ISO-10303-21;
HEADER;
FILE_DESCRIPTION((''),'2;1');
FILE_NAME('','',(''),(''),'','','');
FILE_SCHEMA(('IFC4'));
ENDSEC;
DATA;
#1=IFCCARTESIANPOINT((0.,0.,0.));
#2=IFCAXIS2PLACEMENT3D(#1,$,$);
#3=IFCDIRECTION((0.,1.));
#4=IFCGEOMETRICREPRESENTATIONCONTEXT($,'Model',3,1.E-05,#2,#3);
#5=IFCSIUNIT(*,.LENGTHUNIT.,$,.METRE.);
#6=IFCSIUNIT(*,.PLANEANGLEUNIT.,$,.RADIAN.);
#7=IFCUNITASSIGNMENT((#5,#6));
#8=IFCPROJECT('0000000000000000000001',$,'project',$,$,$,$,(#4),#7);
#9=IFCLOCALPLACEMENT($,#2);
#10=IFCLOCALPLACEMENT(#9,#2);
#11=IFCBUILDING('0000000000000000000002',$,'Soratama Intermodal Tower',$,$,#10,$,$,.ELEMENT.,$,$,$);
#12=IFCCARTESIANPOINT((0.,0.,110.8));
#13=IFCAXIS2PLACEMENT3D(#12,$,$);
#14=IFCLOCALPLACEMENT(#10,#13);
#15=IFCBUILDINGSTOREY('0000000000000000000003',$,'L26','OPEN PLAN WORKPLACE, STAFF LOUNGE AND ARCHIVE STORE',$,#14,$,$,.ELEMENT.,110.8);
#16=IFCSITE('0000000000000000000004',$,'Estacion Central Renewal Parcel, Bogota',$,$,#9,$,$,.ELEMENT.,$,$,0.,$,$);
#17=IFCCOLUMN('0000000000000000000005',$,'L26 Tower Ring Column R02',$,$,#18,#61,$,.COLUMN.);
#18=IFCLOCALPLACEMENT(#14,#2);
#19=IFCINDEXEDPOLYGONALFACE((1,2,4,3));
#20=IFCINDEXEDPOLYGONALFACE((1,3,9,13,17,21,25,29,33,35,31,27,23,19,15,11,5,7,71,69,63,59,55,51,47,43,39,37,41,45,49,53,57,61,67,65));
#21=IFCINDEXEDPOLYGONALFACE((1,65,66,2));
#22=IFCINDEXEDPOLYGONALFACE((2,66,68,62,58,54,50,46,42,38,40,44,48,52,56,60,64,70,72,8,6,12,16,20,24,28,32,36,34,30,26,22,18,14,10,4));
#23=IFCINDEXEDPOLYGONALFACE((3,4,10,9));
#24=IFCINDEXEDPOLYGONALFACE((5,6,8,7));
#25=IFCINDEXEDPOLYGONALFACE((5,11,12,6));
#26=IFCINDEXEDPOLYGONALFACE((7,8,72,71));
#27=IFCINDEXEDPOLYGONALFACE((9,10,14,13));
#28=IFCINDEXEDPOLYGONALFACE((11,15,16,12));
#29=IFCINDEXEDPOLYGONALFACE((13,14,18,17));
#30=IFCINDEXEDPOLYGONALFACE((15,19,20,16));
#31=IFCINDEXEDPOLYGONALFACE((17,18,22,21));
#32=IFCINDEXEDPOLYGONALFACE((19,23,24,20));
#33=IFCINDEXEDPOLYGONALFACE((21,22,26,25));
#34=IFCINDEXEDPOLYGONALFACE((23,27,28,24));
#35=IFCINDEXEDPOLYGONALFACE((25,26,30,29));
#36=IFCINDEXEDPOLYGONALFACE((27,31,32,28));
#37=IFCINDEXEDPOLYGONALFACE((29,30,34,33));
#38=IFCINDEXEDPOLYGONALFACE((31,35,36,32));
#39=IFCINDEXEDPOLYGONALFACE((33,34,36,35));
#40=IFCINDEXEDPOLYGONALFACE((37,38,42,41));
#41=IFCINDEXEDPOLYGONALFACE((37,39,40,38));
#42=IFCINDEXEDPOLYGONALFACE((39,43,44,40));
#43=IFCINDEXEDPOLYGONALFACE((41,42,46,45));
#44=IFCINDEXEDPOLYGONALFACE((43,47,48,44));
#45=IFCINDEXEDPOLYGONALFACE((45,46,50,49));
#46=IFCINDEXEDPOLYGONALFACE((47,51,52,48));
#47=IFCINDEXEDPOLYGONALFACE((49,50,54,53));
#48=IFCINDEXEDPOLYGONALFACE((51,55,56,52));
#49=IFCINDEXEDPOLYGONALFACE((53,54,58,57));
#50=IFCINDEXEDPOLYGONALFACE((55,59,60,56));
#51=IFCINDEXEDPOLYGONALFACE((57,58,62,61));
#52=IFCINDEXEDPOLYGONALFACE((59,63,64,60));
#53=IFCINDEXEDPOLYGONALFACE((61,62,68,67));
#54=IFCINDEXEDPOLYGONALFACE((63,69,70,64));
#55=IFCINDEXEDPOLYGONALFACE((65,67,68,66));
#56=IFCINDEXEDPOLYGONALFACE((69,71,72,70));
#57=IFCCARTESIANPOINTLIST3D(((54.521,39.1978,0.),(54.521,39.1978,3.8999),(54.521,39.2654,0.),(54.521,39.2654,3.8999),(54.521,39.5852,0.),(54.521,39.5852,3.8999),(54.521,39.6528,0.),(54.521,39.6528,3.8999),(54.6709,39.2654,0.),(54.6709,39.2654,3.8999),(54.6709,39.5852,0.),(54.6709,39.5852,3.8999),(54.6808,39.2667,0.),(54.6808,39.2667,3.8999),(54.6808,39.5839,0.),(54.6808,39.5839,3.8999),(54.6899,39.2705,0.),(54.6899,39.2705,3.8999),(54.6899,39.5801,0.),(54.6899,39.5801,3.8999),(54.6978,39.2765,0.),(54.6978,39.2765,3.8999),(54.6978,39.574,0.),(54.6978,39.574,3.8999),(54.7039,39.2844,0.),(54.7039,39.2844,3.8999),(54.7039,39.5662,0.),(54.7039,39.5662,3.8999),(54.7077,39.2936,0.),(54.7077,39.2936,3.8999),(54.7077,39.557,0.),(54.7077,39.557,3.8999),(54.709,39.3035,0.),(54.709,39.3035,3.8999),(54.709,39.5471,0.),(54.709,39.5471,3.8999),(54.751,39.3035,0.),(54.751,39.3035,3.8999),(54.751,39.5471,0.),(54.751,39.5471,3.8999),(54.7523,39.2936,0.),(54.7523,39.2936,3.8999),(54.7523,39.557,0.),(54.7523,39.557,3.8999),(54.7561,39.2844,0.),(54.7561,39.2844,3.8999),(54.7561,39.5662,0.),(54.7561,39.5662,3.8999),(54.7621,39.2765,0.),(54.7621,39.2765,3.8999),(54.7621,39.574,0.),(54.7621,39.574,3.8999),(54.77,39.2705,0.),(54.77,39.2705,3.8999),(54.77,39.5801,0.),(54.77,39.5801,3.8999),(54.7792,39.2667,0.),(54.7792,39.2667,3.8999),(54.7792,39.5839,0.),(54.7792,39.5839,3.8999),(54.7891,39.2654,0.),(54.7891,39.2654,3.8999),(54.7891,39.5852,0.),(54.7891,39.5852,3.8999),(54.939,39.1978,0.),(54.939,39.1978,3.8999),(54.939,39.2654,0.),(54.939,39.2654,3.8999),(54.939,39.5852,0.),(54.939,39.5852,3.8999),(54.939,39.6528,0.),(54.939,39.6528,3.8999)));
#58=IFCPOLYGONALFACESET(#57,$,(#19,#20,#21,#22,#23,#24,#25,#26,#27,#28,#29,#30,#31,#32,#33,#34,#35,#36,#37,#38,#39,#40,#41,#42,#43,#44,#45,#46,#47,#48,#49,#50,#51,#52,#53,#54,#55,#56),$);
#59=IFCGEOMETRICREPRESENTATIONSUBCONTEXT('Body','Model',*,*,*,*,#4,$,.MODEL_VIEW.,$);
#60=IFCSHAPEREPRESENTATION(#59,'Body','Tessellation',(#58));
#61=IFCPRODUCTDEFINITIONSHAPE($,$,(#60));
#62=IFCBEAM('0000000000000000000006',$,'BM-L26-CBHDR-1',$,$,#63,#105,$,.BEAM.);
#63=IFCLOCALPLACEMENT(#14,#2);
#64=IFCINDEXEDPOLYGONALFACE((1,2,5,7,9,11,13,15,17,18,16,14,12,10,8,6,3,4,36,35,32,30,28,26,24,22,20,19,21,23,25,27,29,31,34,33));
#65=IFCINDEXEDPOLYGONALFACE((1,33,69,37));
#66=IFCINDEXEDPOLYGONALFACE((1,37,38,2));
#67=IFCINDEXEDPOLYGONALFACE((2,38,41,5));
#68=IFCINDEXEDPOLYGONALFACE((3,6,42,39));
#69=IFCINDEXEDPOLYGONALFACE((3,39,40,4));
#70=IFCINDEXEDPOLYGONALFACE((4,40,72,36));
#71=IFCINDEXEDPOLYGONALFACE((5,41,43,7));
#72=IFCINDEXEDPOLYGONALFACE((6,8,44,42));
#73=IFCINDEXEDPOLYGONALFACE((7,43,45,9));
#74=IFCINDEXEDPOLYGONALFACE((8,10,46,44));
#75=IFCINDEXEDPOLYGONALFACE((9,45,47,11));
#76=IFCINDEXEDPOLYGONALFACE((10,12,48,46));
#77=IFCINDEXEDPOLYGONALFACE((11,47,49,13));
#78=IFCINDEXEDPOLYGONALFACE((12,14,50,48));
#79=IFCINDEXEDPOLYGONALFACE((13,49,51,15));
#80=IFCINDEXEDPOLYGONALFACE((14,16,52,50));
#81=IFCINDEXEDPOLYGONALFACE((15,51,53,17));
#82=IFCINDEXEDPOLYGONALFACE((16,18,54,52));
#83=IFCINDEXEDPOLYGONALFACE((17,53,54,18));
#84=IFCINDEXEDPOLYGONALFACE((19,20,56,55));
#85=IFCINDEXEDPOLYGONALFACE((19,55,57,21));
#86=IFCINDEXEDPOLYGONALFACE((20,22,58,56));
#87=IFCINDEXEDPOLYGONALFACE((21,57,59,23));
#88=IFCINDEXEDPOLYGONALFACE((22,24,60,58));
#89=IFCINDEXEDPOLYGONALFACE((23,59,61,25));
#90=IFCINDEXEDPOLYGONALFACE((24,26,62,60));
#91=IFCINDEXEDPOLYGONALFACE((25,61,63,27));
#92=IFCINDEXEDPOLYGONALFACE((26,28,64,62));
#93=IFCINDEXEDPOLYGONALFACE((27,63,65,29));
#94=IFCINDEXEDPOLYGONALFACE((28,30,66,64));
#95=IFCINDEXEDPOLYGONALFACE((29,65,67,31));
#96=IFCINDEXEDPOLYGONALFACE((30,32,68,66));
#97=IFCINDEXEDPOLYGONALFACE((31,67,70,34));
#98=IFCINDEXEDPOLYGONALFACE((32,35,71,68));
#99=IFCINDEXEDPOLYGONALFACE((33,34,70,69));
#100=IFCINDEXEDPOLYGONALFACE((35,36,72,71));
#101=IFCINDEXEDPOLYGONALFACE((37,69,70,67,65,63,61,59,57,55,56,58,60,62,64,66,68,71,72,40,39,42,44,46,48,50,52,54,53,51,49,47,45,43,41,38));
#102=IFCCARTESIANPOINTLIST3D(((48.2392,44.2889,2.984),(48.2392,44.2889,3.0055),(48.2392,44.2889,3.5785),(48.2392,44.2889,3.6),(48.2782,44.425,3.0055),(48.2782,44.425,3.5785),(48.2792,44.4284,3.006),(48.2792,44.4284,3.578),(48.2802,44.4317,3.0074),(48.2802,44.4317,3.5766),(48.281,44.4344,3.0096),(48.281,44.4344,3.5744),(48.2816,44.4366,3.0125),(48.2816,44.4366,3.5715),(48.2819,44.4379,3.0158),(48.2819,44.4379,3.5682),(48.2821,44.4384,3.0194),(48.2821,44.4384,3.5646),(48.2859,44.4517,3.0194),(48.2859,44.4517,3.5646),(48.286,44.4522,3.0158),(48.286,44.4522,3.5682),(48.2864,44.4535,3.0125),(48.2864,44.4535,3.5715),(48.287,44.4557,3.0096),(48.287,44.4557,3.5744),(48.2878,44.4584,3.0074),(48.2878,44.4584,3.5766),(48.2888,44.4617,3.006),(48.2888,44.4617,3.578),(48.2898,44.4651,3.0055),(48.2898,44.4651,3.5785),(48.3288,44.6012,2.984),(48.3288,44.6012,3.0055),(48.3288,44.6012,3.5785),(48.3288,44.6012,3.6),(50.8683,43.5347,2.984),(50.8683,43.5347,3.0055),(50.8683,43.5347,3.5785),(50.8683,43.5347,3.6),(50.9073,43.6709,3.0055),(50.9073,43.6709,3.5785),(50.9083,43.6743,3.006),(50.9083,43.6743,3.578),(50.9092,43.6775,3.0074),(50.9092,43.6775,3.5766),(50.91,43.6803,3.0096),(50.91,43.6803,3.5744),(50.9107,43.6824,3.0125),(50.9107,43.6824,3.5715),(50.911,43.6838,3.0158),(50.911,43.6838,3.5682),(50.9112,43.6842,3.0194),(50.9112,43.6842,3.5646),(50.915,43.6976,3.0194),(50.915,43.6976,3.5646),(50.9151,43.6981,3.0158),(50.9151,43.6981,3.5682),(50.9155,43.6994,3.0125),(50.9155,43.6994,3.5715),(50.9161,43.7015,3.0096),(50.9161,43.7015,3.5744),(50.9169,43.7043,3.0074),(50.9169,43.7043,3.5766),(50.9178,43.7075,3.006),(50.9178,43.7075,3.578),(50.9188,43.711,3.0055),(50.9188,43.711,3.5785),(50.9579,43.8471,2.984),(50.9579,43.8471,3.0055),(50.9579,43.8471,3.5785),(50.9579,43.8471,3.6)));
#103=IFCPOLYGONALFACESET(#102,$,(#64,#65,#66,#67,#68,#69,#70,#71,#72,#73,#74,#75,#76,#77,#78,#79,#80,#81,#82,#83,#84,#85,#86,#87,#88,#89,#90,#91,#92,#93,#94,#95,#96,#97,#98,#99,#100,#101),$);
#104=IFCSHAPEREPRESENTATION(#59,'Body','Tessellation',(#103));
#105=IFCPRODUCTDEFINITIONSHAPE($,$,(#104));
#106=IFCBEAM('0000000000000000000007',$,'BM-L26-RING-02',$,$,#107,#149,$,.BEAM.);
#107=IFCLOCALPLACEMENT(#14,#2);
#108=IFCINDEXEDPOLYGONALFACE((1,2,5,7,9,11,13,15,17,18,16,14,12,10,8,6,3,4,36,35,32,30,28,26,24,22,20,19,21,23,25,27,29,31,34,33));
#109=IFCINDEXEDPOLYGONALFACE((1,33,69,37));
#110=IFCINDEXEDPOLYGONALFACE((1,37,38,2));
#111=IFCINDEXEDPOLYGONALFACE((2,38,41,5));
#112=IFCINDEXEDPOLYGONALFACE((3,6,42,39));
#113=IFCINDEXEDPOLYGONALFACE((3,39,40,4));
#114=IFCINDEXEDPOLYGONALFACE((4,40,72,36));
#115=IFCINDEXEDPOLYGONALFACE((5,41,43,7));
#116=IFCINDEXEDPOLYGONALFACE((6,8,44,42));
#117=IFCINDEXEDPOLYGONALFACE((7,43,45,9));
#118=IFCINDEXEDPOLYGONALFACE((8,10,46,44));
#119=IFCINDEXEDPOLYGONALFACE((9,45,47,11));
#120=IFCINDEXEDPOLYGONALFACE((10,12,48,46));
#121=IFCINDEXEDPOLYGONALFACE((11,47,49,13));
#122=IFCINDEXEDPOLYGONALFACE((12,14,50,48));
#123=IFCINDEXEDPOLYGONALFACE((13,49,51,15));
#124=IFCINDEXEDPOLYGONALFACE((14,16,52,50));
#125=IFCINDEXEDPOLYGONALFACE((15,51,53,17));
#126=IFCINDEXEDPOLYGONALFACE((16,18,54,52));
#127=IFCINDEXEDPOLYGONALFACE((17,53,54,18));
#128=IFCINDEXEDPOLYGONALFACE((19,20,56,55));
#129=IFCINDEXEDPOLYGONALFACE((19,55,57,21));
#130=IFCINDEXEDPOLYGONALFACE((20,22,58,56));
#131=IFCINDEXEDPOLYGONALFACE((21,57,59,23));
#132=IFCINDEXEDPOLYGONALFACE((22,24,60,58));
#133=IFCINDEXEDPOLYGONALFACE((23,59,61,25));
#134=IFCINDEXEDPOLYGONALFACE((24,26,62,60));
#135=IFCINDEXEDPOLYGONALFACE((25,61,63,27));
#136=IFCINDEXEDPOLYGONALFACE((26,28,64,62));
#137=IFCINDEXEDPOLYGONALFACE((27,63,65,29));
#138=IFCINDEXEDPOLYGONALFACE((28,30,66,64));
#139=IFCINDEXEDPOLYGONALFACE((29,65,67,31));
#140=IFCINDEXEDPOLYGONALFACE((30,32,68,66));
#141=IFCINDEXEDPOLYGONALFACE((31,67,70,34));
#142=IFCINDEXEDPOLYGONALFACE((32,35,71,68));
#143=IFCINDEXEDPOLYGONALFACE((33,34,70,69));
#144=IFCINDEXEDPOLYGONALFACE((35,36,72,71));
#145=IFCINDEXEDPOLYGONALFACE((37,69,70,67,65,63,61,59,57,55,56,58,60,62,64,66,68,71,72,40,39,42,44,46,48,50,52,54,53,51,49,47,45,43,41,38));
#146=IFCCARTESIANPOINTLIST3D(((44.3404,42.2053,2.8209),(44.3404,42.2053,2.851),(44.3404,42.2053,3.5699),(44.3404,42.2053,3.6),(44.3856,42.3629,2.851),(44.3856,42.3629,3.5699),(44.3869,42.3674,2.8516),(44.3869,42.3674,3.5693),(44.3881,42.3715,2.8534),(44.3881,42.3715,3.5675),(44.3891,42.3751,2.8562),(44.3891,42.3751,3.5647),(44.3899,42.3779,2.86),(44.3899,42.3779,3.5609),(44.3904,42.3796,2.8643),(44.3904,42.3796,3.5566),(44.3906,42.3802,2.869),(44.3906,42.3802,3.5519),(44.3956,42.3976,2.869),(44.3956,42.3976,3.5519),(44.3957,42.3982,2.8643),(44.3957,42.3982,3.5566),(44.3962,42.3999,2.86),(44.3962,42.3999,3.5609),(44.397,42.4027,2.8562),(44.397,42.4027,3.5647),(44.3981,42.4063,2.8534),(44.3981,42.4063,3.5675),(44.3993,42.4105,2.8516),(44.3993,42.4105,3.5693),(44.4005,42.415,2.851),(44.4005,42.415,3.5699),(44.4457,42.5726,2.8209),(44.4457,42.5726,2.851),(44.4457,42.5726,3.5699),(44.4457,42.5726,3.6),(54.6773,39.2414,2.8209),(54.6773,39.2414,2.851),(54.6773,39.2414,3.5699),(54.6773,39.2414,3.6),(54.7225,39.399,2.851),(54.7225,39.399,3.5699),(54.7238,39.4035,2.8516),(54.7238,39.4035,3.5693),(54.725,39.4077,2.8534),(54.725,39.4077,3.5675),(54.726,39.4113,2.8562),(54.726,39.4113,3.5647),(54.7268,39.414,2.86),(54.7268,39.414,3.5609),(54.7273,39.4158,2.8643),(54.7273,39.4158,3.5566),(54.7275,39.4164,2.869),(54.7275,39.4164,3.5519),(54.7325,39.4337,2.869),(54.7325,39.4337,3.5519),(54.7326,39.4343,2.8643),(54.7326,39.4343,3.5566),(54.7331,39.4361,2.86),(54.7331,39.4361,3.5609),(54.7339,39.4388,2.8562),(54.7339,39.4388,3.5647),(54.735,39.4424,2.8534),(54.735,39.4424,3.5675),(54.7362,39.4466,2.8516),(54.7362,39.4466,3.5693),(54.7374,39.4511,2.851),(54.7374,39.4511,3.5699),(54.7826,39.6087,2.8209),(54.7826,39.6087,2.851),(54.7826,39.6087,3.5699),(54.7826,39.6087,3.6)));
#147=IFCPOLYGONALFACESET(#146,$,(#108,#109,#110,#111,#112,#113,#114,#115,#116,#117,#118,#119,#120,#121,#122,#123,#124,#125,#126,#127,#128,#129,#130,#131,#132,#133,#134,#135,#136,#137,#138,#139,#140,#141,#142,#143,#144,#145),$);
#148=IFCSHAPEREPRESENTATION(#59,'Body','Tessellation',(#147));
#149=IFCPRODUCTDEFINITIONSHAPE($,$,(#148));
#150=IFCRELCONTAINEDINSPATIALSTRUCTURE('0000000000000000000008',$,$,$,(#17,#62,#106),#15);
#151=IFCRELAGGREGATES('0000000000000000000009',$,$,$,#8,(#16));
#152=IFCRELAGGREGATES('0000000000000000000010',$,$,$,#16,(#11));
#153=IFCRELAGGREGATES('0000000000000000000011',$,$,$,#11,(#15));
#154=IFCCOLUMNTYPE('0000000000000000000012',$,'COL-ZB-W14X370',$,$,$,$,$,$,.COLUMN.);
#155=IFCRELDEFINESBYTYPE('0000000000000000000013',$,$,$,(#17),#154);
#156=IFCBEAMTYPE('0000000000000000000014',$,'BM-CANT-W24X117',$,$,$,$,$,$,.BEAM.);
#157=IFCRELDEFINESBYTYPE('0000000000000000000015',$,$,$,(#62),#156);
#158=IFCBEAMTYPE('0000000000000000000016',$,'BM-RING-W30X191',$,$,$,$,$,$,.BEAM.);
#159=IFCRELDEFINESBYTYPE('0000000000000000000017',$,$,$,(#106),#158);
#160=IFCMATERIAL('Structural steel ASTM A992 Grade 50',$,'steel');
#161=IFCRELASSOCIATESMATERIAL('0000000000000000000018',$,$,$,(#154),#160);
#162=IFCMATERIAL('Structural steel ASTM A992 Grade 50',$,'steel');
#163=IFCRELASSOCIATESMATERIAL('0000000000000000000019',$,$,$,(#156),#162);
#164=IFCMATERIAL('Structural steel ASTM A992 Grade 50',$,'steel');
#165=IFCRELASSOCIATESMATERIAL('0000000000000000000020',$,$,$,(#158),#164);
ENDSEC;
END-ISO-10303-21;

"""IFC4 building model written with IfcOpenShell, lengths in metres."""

from ifc_helpers import new_model, si_unit, direction, frame, origin, origin_2d, place, context, subcontext, project, spatial, i_section, extrude, material, material_profile, profile_set, type_object, element, save


model = new_model("IFC4")

# Units and contexts
model_context = context("Model", 3, precision=1e-05, world=origin(), true_north=direction((0.0, 1.0)))
body_context = subcontext(model_context, "Body", "Model", "MODEL_VIEW")
ifc_project = project(units=[si_unit("LENGTHUNIT", "METRE"), si_unit("PLANEANGLEUNIT", "RADIAN")], contexts=[model_context])

# Site, building, storey
site_placement = place(None, origin())
site = spatial("IfcSite", under=ifc_project, at=site_placement, Name="Estacion Central Renewal Parcel, Bogota", CompositionType="ELEMENT", RefElevation=0.0)
building_placement = place(site_placement, origin())
building = spatial("IfcBuilding", under=site, at=building_placement, Name="Soratama Intermodal Tower", CompositionType="ELEMENT")
storey_placement = place(building_placement, frame((0.0, 0.0, 110.8)))
storey = spatial("IfcBuildingStorey", under=building, at=storey_placement, Name="L26", Description="OPEN PLAN WORKPLACE, STAFF LOUNGE AND ARCHIVE STORE", CompositionType="ELEMENT", Elevation=110.8)

# Column
ifc_material_1 = material(Name="Structural steel ASTM A992 Grade 50", Category="steel")
ifc_material_profile_1 = material_profile(ifc_material_1, i_section(OverallWidth=0.418, OverallDepth=0.4551, WebThickness=0.042, FlangeThickness=0.0676, FilletRadius=0.0381, at=origin_2d()), Name="W14X370")
ifc_profile_set_1 = profile_set([ifc_material_profile_1], Name="Structural steel ASTM A992 Grade 50")
column_type = type_object("IfcColumnType", Name="COL-ZB-W14X370", PredefinedType="COLUMN", material=ifc_profile_set_1)
column_placement = place(storey_placement, frame((54.73, 39.4253, 0.0), z_axis=(0.0, 0.0, 1.0), x_axis=(1.0, 0.0, 0.0)))
element("IfcColumn", 1, at=column_placement, inside=storey, type_object=column_type, Name="L26 Tower Ring Column R02", PredefinedType="COLUMN", context=body_context, shape_type="SweptSolid", body=[
    extrude(i_section(OverallWidth=0.418, OverallDepth=0.4551, WebThickness=0.042, FlangeThickness=0.0676, FilletRadius=0.0381, at=origin_2d()), origin(), (0.0, 0.0, 1.0), 3.8999),
])

# Beams
ifc_material_2 = material(Name="Structural steel ASTM A992 Grade 50", Category="steel")
ifc_material_profile_2 = material_profile(ifc_material_2, i_section(OverallWidth=0.325, OverallDepth=0.616, WebThickness=0.0139, FlangeThickness=0.0215, FilletRadius=0.0139, at=origin_2d()), Name="W24X117")
ifc_profile_set_2 = profile_set([ifc_material_profile_2], Name="Structural steel ASTM A992 Grade 50")
beam_type_1 = type_object("IfcBeamType", Name="BM-CANT-W24X117", PredefinedType="BEAM", material=ifc_profile_set_2)
beam_1_placement = place(storey_placement, frame((50.9131, 43.6909, 3.292), z_axis=(-0.961237, 0.275723, 0.0), x_axis=(-0.275723, -0.961237, 0.0)))
element("IfcBeam", 2, at=beam_1_placement, inside=storey, type_object=beam_type_1, Name="BM-L26-CBHDR-1", PredefinedType="BEAM", context=body_context, shape_type="SweptSolid", body=[
    extrude(i_section(OverallWidth=0.325, OverallDepth=0.616, WebThickness=0.0139, FlangeThickness=0.0215, FilletRadius=0.0139, at=origin_2d()), origin(), (0.0, 0.0, 1.0), 2.7351),
])
ifc_material_3 = material(Name="Structural steel ASTM A992 Grade 50", Category="steel")
ifc_material_profile_3 = material_profile(ifc_material_3, i_section(OverallWidth=0.3821, OverallDepth=0.7791, WebThickness=0.0181, FlangeThickness=0.03, FilletRadius=0.0181, at=origin_2d()), Name="W30X191")
ifc_profile_set_3 = profile_set([ifc_material_profile_3], Name="Structural steel ASTM A992 Grade 50")
beam_type_2 = type_object("IfcBeamType", Name="BM-RING-W30X191", PredefinedType="BEAM", material=ifc_profile_set_3)
beam_2_placement = place(storey_placement, frame((54.73, 39.425, 3.2104), z_axis=(-0.961267, 0.275621, 0.0), x_axis=(-0.275621, -0.961267, 0.0)))
element("IfcBeam", 3, at=beam_2_placement, inside=storey, type_object=beam_type_2, Name="BM-L26-RING-02", PredefinedType="BEAM", context=body_context, shape_type="SweptSolid", body=[
    extrude(i_section(OverallWidth=0.3821, OverallDepth=0.7791, WebThickness=0.0181, FlangeThickness=0.03, FilletRadius=0.0181, at=origin_2d()), origin(), (0.0, 0.0, 1.0), 10.7534),
])

save(model, "model.ifc")
